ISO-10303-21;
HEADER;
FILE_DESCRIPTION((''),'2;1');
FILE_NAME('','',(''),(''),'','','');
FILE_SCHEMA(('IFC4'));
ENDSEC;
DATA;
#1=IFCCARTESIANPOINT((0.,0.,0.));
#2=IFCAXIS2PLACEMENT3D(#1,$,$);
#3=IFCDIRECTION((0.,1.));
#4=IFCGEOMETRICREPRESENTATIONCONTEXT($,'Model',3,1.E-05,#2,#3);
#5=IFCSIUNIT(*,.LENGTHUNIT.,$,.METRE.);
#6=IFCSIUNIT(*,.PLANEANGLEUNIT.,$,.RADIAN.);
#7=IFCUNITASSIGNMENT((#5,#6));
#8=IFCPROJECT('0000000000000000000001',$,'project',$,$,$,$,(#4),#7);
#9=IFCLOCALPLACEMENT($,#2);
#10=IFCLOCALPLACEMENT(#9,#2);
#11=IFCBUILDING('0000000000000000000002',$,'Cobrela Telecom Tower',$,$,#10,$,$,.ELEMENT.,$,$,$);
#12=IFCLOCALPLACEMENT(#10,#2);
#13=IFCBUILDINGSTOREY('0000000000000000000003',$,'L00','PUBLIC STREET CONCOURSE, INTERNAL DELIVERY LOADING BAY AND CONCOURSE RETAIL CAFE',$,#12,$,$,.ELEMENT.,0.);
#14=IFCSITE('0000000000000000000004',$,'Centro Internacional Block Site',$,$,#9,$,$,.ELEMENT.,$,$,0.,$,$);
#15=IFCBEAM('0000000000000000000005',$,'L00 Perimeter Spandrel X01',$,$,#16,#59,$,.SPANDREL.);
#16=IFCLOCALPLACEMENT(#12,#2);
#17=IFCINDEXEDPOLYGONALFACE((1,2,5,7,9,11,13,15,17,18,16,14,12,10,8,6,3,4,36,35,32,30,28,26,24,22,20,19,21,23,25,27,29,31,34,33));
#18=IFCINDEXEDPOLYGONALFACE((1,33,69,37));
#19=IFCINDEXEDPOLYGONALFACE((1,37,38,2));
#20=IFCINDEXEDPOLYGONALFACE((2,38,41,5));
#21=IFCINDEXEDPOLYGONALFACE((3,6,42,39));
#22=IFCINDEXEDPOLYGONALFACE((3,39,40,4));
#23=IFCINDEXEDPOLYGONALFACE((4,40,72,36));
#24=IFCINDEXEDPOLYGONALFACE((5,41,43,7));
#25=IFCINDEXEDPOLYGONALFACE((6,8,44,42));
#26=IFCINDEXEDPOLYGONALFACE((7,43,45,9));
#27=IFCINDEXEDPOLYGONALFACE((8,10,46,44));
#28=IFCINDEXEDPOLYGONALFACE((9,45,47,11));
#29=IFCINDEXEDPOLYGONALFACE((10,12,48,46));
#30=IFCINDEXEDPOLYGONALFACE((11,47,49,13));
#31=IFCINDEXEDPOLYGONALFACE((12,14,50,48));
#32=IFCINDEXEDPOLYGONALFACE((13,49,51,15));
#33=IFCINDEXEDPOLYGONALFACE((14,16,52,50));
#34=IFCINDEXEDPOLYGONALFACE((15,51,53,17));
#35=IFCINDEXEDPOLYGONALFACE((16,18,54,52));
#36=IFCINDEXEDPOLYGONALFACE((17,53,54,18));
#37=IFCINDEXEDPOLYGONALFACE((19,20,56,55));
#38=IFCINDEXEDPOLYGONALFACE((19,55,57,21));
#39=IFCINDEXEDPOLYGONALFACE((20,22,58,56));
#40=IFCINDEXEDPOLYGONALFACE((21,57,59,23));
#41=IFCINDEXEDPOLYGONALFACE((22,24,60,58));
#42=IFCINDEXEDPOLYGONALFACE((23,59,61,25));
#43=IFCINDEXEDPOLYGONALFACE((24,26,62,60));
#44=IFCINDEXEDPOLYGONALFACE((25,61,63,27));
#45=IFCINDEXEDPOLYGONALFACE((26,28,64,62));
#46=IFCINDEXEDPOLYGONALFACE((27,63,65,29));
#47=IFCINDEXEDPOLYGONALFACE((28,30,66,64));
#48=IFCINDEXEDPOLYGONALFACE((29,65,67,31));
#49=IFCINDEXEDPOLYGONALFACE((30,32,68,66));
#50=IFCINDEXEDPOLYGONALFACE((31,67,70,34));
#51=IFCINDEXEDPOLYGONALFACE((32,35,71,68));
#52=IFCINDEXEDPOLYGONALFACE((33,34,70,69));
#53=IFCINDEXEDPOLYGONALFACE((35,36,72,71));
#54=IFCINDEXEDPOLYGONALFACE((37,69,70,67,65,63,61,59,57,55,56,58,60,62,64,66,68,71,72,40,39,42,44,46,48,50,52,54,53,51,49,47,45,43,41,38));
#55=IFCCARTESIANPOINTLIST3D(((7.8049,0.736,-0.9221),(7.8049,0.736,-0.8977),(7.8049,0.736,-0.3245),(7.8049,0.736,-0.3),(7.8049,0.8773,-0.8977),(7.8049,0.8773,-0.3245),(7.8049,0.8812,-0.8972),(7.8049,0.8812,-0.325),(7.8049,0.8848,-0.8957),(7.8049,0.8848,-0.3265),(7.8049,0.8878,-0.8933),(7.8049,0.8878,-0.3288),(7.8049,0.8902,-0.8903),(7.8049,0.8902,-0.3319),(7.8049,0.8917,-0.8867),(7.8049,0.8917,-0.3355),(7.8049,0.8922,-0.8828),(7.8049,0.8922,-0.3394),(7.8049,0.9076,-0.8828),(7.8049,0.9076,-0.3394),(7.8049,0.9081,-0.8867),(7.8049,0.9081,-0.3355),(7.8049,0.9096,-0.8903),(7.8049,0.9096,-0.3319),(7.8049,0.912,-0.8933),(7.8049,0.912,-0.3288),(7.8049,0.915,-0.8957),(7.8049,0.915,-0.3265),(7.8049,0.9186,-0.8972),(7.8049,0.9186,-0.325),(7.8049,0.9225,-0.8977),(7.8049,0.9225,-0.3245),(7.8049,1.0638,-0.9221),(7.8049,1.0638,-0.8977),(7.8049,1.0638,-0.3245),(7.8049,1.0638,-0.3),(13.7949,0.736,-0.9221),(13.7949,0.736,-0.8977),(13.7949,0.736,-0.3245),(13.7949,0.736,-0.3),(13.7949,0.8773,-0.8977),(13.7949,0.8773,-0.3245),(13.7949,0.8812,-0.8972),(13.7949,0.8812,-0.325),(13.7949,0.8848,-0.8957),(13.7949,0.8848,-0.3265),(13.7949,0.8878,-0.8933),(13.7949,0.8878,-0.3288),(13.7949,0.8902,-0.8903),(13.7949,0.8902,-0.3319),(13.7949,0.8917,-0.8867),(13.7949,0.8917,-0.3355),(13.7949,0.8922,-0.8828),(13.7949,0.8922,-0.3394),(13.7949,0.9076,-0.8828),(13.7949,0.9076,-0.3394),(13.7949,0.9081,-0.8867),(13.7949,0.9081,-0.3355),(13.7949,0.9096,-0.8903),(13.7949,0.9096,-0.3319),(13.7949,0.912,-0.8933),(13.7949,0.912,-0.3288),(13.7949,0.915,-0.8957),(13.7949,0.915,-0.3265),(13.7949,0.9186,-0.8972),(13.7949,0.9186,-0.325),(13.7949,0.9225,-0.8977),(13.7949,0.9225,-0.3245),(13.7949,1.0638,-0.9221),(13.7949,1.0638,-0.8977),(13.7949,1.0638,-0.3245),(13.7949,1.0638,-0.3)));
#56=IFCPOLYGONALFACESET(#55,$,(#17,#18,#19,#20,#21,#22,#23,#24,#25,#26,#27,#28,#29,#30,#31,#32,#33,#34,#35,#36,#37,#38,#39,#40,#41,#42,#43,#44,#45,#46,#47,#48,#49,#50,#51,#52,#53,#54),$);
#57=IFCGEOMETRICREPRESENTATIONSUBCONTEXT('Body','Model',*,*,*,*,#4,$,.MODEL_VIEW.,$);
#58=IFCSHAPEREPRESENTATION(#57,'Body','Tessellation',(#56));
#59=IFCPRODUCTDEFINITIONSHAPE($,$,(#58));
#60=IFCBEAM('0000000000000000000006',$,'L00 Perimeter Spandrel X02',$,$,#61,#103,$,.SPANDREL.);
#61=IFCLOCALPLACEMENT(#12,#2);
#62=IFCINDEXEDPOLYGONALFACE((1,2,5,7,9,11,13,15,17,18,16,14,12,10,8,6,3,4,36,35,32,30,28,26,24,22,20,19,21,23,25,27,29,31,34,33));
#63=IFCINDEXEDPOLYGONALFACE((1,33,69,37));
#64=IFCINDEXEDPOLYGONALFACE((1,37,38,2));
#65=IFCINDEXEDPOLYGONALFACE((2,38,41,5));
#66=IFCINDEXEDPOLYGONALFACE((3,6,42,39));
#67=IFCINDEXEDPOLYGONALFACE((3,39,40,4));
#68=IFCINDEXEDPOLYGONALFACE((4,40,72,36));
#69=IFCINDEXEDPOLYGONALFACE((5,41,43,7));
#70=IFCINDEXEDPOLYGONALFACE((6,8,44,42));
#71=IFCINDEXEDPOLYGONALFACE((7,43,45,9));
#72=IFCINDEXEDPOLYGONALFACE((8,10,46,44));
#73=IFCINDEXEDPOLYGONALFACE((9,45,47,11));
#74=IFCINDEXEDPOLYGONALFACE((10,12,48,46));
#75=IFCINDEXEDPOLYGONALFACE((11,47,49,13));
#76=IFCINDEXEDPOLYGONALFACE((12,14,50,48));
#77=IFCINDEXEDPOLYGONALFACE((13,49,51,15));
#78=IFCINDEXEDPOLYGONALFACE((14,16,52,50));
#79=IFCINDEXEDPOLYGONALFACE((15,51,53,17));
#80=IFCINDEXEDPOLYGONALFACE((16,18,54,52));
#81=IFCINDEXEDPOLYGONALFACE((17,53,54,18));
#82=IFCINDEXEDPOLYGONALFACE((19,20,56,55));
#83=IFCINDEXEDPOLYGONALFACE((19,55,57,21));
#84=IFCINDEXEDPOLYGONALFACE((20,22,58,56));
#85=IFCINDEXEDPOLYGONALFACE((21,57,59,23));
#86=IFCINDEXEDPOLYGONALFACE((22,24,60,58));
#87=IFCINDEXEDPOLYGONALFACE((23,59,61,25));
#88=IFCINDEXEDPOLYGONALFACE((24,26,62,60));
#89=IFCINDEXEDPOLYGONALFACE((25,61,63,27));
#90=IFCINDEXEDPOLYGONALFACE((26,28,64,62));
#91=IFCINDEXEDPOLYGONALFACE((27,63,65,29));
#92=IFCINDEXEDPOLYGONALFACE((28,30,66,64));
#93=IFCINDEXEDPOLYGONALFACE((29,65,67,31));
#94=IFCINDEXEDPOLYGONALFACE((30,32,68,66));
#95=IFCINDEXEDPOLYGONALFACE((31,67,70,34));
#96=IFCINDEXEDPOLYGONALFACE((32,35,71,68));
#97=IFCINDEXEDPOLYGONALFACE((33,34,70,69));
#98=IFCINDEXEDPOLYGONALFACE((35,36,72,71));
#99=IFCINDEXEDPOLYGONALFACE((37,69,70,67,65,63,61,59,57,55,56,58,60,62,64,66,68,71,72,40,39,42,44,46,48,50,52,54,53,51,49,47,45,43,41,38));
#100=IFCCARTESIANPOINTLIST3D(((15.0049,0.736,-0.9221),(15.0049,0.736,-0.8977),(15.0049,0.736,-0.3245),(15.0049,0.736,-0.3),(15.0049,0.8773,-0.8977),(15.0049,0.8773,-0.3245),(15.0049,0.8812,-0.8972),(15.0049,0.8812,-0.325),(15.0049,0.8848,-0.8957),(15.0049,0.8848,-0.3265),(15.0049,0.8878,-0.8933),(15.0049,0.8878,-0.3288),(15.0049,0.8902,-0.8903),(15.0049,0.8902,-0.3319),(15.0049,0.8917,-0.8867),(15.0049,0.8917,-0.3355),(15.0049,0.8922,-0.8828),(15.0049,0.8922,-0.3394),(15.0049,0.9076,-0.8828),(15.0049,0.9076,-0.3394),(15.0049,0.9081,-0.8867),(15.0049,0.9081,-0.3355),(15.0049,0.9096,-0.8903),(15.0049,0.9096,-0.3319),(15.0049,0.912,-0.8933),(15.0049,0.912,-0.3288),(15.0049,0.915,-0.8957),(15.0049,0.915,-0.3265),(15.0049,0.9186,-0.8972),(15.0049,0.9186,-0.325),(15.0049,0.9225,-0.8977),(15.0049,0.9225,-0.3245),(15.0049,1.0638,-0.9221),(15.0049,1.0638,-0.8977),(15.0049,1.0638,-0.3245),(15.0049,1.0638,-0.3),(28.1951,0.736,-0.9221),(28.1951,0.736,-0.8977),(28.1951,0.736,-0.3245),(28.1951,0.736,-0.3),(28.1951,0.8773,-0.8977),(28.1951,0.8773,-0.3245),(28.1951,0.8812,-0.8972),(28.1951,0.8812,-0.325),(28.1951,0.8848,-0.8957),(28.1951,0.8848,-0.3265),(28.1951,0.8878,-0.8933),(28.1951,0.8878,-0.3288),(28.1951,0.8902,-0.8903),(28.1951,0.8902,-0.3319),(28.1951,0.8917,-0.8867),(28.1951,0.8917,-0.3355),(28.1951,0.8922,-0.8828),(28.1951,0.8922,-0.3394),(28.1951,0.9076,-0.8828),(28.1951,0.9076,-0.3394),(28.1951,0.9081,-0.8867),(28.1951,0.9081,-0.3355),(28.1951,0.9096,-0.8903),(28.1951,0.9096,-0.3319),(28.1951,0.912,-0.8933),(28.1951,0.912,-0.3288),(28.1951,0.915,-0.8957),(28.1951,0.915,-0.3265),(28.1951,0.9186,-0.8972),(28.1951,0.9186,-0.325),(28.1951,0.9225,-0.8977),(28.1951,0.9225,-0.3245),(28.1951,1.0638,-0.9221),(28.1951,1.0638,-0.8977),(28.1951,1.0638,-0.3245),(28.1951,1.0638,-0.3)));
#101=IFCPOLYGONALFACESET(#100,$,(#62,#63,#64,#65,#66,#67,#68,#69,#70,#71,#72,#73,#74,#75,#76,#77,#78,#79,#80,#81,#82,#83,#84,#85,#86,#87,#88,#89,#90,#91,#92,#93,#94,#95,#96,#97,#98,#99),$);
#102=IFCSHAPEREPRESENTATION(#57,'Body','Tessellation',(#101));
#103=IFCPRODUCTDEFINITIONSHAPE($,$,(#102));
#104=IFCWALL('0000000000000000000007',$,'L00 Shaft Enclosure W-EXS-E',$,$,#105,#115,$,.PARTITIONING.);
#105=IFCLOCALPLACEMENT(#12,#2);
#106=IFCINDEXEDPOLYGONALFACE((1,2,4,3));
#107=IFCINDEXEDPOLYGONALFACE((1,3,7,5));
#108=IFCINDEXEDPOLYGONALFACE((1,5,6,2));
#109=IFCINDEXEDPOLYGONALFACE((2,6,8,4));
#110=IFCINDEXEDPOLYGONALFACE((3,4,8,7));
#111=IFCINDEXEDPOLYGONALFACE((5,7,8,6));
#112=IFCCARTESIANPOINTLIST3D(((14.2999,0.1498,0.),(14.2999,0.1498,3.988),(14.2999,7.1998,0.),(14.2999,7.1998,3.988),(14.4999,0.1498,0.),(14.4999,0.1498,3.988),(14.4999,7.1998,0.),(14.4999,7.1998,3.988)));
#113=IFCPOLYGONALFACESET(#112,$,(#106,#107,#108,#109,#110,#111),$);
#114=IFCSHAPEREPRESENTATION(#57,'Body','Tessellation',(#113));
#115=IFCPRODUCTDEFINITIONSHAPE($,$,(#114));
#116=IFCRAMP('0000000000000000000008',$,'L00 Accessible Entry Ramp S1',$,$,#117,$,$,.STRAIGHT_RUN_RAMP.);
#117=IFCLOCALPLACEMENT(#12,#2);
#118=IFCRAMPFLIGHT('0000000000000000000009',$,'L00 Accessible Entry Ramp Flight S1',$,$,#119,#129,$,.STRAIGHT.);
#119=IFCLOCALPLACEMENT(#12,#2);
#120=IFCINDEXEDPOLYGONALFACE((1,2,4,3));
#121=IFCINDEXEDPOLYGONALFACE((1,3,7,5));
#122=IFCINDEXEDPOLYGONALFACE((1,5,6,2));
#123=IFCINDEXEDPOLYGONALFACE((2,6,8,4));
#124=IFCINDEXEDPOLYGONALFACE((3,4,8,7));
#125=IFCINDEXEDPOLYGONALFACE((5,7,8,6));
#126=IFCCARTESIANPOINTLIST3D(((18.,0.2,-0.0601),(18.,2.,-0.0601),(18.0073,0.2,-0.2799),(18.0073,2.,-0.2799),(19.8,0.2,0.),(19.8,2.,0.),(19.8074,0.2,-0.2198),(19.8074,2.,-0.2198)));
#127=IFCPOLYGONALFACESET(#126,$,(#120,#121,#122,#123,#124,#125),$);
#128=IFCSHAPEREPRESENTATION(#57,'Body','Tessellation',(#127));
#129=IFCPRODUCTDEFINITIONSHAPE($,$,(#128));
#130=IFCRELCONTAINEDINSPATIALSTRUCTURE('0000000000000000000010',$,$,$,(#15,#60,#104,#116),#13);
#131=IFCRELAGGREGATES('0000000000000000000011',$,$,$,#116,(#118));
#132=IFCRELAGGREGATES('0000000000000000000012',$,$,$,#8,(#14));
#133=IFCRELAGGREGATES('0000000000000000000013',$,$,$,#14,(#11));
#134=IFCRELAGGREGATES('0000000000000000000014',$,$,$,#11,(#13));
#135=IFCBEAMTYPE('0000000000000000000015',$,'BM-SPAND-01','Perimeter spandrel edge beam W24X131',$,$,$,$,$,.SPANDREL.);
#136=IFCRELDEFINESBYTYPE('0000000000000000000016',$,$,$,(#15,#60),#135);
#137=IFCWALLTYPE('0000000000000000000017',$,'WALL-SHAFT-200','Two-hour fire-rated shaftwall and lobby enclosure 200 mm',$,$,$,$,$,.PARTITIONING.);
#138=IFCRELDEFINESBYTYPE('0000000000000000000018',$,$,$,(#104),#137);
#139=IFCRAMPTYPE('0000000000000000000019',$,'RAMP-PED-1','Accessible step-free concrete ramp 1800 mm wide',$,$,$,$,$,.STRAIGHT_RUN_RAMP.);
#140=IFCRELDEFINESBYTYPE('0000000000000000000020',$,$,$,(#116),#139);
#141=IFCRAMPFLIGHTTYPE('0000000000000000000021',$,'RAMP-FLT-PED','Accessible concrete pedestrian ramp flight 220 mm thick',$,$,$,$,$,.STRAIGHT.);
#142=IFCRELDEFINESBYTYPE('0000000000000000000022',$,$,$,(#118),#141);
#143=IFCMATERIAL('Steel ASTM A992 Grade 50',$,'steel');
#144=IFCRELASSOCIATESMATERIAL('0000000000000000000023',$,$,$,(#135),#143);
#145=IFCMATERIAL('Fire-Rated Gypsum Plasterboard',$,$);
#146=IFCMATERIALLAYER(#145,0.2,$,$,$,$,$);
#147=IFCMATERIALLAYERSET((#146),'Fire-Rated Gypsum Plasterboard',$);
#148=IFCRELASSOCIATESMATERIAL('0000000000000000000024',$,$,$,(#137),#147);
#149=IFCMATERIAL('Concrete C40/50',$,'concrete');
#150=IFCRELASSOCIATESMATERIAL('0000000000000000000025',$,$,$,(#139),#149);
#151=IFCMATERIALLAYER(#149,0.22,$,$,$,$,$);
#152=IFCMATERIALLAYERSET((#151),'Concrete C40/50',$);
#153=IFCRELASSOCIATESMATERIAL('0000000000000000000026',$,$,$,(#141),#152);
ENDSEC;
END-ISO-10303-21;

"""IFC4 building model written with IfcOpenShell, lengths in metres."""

from ifc_helpers import new_model, si_unit, direction, frame, frame_2d, origin, origin_2d, place, context, subcontext, project, spatial, polyline, rectangle, i_section, outline, extrude, material, layer, layer_set, material_profile, profile_set, type_object, element, aggregate, save


model = new_model("IFC4")

# Units and contexts
model_context = context("Model", 3, precision=1e-05, world=origin(), true_north=direction((0.0, 1.0)))
body_context = subcontext(model_context, "Body", "Model", "MODEL_VIEW")
ifc_project = project(units=[si_unit("LENGTHUNIT", "METRE"), si_unit("PLANEANGLEUNIT", "RADIAN")], contexts=[model_context])

# Site, building, storey
site_placement = place(None, origin())
site = spatial("IfcSite", under=ifc_project, at=site_placement, Name="Centro Internacional Block Site", CompositionType="ELEMENT", RefElevation=0.0)
building_placement = place(site_placement, origin())
building = spatial("IfcBuilding", under=site, at=building_placement, Name="Cobrela Telecom Tower", CompositionType="ELEMENT")
storey_placement = place(building_placement, origin())
storey = spatial("IfcBuildingStorey", under=building, at=storey_placement, Name="L00", Description="PUBLIC STREET CONCOURSE, INTERNAL DELIVERY LOADING BAY AND CONCOURSE RETAIL CAFE", CompositionType="ELEMENT", Elevation=0.0)

# Beams
ifc_material_1 = material(Name="Steel ASTM A992 Grade 50", Category="steel")
ifc_material_profile_1 = material_profile(ifc_material_1, i_section(OverallWidth=0.3279, OverallDepth=0.6221, WebThickness=0.0154, FlangeThickness=0.0244, FilletRadius=0.0149, at=origin_2d()), Name="W24X131")
ifc_profile_set_1 = profile_set([ifc_material_profile_1], Name="Steel ASTM A992 Grade 50")
beam_type_1 = type_object("IfcBeamType", Name="BM-SPAND-01", Description="Perimeter spandrel edge beam W24X131", PredefinedType="SPANDREL", material=ifc_profile_set_1)
beam_1_placement = place(storey_placement, frame((7.8049, 0.8999, -0.6111), z_axis=(1.0, 0.0, 0.0), x_axis=(0.0, 1.0, 0.0)))
element("IfcBeam", 1, at=beam_1_placement, inside=storey, type_object=beam_type_1, Name="L00 Perimeter Spandrel X01", PredefinedType="SPANDREL", context=body_context, shape_type="SweptSolid", body=[
    extrude(i_section(OverallWidth=0.3279, OverallDepth=0.6221, WebThickness=0.0154, FlangeThickness=0.0244, FilletRadius=0.0149, at=origin_2d()), origin(), (0.0, 0.0, 1.0), 5.99),
])
beam_2_placement = place(storey_placement, frame((15.0049, 0.8999, -0.6111), z_axis=(1.0, 0.0, 0.0), x_axis=(0.0, 1.0, 0.0)))
element("IfcBeam", 2, at=beam_2_placement, inside=storey, type_object=beam_type_1, Name="L00 Perimeter Spandrel X02", PredefinedType="SPANDREL", context=body_context, shape_type="SweptSolid", body=[
    extrude(i_section(OverallWidth=0.3279, OverallDepth=0.6221, WebThickness=0.0154, FlangeThickness=0.0244, FilletRadius=0.0149, at=origin_2d()), origin(), (0.0, 0.0, 1.0), 13.1902),
])

# Wall
ifc_material_2 = material(Name="Fire-Rated Gypsum Plasterboard")
ifc_layer_1 = layer(ifc_material_2, 0.2)
ifc_layer_set_1 = layer_set([ifc_layer_1], Name="Fire-Rated Gypsum Plasterboard")
wall_type = type_object("IfcWallType", Name="WALL-SHAFT-200", Description="Two-hour fire-rated shaftwall and lobby enclosure 200 mm", PredefinedType="PARTITIONING", material=ifc_layer_set_1)
wall_placement = place(storey_placement, frame((14.3999, 0.1499, 0.0), z_axis=(0.0, 0.0, 1.0), x_axis=(0.0, 1.0, 0.0)))
element("IfcWall", 3, at=wall_placement, inside=storey, type_object=wall_type, Name="L00 Shaft Enclosure W-EXS-E", PredefinedType="PARTITIONING", context=body_context, shape_type="SweptSolid", body=[
    extrude(rectangle(XDim=7.05, YDim=0.2, at=frame_2d((3.5249, 0.0))), origin(), (0.0, 0.0, 1.0), 3.988),
])

# Ramp, ramp flight
ifc_material_3 = material(Name="Concrete C40/50", Category="concrete")
ramp_type = type_object("IfcRampType", Name="RAMP-PED-1", Description="Accessible step-free concrete ramp 1800 mm wide", PredefinedType="STRAIGHT_RUN_RAMP", material=ifc_material_3)
ramp_placement = place(storey_placement, origin())
ramp = element("IfcRamp", 4, at=ramp_placement, inside=storey, type_object=ramp_type, Name="L00 Accessible Entry Ramp S1", PredefinedType="STRAIGHT_RUN_RAMP")
ifc_layer_2 = layer(ifc_material_3, 0.22)
ifc_layer_set_2 = layer_set([ifc_layer_2], Name="Concrete C40/50")
ramp_flight_type = type_object("IfcRampFlightType", Name="RAMP-FLT-PED", Description="Accessible concrete pedestrian ramp flight 220 mm thick", PredefinedType="STRAIGHT", material=ifc_layer_set_2)
ramp_flight_placement = place(storey_placement, frame((18.0, 0.2, -0.0601), z_axis=(-0.033346, 0.0, 0.999444), x_axis=(0.999444, 0.0, 0.033346)))
ramp_flight = element("IfcRampFlight", 5, at=ramp_flight_placement, type_object=ramp_flight_type, Name="L00 Accessible Entry Ramp Flight S1", PredefinedType="STRAIGHT", context=body_context, shape_type="SweptSolid", body=[
    extrude(outline(polyline([(0.0, 0.0), (1.8011, 0.0), (1.8011, 1.8), (0.0, 1.8), (0.0, 0.0)])), origin(), (0.0, 0.0, -1.0), 0.22),
])
aggregate(ramp, [ramp_flight])

save(model, "model.ifc")
